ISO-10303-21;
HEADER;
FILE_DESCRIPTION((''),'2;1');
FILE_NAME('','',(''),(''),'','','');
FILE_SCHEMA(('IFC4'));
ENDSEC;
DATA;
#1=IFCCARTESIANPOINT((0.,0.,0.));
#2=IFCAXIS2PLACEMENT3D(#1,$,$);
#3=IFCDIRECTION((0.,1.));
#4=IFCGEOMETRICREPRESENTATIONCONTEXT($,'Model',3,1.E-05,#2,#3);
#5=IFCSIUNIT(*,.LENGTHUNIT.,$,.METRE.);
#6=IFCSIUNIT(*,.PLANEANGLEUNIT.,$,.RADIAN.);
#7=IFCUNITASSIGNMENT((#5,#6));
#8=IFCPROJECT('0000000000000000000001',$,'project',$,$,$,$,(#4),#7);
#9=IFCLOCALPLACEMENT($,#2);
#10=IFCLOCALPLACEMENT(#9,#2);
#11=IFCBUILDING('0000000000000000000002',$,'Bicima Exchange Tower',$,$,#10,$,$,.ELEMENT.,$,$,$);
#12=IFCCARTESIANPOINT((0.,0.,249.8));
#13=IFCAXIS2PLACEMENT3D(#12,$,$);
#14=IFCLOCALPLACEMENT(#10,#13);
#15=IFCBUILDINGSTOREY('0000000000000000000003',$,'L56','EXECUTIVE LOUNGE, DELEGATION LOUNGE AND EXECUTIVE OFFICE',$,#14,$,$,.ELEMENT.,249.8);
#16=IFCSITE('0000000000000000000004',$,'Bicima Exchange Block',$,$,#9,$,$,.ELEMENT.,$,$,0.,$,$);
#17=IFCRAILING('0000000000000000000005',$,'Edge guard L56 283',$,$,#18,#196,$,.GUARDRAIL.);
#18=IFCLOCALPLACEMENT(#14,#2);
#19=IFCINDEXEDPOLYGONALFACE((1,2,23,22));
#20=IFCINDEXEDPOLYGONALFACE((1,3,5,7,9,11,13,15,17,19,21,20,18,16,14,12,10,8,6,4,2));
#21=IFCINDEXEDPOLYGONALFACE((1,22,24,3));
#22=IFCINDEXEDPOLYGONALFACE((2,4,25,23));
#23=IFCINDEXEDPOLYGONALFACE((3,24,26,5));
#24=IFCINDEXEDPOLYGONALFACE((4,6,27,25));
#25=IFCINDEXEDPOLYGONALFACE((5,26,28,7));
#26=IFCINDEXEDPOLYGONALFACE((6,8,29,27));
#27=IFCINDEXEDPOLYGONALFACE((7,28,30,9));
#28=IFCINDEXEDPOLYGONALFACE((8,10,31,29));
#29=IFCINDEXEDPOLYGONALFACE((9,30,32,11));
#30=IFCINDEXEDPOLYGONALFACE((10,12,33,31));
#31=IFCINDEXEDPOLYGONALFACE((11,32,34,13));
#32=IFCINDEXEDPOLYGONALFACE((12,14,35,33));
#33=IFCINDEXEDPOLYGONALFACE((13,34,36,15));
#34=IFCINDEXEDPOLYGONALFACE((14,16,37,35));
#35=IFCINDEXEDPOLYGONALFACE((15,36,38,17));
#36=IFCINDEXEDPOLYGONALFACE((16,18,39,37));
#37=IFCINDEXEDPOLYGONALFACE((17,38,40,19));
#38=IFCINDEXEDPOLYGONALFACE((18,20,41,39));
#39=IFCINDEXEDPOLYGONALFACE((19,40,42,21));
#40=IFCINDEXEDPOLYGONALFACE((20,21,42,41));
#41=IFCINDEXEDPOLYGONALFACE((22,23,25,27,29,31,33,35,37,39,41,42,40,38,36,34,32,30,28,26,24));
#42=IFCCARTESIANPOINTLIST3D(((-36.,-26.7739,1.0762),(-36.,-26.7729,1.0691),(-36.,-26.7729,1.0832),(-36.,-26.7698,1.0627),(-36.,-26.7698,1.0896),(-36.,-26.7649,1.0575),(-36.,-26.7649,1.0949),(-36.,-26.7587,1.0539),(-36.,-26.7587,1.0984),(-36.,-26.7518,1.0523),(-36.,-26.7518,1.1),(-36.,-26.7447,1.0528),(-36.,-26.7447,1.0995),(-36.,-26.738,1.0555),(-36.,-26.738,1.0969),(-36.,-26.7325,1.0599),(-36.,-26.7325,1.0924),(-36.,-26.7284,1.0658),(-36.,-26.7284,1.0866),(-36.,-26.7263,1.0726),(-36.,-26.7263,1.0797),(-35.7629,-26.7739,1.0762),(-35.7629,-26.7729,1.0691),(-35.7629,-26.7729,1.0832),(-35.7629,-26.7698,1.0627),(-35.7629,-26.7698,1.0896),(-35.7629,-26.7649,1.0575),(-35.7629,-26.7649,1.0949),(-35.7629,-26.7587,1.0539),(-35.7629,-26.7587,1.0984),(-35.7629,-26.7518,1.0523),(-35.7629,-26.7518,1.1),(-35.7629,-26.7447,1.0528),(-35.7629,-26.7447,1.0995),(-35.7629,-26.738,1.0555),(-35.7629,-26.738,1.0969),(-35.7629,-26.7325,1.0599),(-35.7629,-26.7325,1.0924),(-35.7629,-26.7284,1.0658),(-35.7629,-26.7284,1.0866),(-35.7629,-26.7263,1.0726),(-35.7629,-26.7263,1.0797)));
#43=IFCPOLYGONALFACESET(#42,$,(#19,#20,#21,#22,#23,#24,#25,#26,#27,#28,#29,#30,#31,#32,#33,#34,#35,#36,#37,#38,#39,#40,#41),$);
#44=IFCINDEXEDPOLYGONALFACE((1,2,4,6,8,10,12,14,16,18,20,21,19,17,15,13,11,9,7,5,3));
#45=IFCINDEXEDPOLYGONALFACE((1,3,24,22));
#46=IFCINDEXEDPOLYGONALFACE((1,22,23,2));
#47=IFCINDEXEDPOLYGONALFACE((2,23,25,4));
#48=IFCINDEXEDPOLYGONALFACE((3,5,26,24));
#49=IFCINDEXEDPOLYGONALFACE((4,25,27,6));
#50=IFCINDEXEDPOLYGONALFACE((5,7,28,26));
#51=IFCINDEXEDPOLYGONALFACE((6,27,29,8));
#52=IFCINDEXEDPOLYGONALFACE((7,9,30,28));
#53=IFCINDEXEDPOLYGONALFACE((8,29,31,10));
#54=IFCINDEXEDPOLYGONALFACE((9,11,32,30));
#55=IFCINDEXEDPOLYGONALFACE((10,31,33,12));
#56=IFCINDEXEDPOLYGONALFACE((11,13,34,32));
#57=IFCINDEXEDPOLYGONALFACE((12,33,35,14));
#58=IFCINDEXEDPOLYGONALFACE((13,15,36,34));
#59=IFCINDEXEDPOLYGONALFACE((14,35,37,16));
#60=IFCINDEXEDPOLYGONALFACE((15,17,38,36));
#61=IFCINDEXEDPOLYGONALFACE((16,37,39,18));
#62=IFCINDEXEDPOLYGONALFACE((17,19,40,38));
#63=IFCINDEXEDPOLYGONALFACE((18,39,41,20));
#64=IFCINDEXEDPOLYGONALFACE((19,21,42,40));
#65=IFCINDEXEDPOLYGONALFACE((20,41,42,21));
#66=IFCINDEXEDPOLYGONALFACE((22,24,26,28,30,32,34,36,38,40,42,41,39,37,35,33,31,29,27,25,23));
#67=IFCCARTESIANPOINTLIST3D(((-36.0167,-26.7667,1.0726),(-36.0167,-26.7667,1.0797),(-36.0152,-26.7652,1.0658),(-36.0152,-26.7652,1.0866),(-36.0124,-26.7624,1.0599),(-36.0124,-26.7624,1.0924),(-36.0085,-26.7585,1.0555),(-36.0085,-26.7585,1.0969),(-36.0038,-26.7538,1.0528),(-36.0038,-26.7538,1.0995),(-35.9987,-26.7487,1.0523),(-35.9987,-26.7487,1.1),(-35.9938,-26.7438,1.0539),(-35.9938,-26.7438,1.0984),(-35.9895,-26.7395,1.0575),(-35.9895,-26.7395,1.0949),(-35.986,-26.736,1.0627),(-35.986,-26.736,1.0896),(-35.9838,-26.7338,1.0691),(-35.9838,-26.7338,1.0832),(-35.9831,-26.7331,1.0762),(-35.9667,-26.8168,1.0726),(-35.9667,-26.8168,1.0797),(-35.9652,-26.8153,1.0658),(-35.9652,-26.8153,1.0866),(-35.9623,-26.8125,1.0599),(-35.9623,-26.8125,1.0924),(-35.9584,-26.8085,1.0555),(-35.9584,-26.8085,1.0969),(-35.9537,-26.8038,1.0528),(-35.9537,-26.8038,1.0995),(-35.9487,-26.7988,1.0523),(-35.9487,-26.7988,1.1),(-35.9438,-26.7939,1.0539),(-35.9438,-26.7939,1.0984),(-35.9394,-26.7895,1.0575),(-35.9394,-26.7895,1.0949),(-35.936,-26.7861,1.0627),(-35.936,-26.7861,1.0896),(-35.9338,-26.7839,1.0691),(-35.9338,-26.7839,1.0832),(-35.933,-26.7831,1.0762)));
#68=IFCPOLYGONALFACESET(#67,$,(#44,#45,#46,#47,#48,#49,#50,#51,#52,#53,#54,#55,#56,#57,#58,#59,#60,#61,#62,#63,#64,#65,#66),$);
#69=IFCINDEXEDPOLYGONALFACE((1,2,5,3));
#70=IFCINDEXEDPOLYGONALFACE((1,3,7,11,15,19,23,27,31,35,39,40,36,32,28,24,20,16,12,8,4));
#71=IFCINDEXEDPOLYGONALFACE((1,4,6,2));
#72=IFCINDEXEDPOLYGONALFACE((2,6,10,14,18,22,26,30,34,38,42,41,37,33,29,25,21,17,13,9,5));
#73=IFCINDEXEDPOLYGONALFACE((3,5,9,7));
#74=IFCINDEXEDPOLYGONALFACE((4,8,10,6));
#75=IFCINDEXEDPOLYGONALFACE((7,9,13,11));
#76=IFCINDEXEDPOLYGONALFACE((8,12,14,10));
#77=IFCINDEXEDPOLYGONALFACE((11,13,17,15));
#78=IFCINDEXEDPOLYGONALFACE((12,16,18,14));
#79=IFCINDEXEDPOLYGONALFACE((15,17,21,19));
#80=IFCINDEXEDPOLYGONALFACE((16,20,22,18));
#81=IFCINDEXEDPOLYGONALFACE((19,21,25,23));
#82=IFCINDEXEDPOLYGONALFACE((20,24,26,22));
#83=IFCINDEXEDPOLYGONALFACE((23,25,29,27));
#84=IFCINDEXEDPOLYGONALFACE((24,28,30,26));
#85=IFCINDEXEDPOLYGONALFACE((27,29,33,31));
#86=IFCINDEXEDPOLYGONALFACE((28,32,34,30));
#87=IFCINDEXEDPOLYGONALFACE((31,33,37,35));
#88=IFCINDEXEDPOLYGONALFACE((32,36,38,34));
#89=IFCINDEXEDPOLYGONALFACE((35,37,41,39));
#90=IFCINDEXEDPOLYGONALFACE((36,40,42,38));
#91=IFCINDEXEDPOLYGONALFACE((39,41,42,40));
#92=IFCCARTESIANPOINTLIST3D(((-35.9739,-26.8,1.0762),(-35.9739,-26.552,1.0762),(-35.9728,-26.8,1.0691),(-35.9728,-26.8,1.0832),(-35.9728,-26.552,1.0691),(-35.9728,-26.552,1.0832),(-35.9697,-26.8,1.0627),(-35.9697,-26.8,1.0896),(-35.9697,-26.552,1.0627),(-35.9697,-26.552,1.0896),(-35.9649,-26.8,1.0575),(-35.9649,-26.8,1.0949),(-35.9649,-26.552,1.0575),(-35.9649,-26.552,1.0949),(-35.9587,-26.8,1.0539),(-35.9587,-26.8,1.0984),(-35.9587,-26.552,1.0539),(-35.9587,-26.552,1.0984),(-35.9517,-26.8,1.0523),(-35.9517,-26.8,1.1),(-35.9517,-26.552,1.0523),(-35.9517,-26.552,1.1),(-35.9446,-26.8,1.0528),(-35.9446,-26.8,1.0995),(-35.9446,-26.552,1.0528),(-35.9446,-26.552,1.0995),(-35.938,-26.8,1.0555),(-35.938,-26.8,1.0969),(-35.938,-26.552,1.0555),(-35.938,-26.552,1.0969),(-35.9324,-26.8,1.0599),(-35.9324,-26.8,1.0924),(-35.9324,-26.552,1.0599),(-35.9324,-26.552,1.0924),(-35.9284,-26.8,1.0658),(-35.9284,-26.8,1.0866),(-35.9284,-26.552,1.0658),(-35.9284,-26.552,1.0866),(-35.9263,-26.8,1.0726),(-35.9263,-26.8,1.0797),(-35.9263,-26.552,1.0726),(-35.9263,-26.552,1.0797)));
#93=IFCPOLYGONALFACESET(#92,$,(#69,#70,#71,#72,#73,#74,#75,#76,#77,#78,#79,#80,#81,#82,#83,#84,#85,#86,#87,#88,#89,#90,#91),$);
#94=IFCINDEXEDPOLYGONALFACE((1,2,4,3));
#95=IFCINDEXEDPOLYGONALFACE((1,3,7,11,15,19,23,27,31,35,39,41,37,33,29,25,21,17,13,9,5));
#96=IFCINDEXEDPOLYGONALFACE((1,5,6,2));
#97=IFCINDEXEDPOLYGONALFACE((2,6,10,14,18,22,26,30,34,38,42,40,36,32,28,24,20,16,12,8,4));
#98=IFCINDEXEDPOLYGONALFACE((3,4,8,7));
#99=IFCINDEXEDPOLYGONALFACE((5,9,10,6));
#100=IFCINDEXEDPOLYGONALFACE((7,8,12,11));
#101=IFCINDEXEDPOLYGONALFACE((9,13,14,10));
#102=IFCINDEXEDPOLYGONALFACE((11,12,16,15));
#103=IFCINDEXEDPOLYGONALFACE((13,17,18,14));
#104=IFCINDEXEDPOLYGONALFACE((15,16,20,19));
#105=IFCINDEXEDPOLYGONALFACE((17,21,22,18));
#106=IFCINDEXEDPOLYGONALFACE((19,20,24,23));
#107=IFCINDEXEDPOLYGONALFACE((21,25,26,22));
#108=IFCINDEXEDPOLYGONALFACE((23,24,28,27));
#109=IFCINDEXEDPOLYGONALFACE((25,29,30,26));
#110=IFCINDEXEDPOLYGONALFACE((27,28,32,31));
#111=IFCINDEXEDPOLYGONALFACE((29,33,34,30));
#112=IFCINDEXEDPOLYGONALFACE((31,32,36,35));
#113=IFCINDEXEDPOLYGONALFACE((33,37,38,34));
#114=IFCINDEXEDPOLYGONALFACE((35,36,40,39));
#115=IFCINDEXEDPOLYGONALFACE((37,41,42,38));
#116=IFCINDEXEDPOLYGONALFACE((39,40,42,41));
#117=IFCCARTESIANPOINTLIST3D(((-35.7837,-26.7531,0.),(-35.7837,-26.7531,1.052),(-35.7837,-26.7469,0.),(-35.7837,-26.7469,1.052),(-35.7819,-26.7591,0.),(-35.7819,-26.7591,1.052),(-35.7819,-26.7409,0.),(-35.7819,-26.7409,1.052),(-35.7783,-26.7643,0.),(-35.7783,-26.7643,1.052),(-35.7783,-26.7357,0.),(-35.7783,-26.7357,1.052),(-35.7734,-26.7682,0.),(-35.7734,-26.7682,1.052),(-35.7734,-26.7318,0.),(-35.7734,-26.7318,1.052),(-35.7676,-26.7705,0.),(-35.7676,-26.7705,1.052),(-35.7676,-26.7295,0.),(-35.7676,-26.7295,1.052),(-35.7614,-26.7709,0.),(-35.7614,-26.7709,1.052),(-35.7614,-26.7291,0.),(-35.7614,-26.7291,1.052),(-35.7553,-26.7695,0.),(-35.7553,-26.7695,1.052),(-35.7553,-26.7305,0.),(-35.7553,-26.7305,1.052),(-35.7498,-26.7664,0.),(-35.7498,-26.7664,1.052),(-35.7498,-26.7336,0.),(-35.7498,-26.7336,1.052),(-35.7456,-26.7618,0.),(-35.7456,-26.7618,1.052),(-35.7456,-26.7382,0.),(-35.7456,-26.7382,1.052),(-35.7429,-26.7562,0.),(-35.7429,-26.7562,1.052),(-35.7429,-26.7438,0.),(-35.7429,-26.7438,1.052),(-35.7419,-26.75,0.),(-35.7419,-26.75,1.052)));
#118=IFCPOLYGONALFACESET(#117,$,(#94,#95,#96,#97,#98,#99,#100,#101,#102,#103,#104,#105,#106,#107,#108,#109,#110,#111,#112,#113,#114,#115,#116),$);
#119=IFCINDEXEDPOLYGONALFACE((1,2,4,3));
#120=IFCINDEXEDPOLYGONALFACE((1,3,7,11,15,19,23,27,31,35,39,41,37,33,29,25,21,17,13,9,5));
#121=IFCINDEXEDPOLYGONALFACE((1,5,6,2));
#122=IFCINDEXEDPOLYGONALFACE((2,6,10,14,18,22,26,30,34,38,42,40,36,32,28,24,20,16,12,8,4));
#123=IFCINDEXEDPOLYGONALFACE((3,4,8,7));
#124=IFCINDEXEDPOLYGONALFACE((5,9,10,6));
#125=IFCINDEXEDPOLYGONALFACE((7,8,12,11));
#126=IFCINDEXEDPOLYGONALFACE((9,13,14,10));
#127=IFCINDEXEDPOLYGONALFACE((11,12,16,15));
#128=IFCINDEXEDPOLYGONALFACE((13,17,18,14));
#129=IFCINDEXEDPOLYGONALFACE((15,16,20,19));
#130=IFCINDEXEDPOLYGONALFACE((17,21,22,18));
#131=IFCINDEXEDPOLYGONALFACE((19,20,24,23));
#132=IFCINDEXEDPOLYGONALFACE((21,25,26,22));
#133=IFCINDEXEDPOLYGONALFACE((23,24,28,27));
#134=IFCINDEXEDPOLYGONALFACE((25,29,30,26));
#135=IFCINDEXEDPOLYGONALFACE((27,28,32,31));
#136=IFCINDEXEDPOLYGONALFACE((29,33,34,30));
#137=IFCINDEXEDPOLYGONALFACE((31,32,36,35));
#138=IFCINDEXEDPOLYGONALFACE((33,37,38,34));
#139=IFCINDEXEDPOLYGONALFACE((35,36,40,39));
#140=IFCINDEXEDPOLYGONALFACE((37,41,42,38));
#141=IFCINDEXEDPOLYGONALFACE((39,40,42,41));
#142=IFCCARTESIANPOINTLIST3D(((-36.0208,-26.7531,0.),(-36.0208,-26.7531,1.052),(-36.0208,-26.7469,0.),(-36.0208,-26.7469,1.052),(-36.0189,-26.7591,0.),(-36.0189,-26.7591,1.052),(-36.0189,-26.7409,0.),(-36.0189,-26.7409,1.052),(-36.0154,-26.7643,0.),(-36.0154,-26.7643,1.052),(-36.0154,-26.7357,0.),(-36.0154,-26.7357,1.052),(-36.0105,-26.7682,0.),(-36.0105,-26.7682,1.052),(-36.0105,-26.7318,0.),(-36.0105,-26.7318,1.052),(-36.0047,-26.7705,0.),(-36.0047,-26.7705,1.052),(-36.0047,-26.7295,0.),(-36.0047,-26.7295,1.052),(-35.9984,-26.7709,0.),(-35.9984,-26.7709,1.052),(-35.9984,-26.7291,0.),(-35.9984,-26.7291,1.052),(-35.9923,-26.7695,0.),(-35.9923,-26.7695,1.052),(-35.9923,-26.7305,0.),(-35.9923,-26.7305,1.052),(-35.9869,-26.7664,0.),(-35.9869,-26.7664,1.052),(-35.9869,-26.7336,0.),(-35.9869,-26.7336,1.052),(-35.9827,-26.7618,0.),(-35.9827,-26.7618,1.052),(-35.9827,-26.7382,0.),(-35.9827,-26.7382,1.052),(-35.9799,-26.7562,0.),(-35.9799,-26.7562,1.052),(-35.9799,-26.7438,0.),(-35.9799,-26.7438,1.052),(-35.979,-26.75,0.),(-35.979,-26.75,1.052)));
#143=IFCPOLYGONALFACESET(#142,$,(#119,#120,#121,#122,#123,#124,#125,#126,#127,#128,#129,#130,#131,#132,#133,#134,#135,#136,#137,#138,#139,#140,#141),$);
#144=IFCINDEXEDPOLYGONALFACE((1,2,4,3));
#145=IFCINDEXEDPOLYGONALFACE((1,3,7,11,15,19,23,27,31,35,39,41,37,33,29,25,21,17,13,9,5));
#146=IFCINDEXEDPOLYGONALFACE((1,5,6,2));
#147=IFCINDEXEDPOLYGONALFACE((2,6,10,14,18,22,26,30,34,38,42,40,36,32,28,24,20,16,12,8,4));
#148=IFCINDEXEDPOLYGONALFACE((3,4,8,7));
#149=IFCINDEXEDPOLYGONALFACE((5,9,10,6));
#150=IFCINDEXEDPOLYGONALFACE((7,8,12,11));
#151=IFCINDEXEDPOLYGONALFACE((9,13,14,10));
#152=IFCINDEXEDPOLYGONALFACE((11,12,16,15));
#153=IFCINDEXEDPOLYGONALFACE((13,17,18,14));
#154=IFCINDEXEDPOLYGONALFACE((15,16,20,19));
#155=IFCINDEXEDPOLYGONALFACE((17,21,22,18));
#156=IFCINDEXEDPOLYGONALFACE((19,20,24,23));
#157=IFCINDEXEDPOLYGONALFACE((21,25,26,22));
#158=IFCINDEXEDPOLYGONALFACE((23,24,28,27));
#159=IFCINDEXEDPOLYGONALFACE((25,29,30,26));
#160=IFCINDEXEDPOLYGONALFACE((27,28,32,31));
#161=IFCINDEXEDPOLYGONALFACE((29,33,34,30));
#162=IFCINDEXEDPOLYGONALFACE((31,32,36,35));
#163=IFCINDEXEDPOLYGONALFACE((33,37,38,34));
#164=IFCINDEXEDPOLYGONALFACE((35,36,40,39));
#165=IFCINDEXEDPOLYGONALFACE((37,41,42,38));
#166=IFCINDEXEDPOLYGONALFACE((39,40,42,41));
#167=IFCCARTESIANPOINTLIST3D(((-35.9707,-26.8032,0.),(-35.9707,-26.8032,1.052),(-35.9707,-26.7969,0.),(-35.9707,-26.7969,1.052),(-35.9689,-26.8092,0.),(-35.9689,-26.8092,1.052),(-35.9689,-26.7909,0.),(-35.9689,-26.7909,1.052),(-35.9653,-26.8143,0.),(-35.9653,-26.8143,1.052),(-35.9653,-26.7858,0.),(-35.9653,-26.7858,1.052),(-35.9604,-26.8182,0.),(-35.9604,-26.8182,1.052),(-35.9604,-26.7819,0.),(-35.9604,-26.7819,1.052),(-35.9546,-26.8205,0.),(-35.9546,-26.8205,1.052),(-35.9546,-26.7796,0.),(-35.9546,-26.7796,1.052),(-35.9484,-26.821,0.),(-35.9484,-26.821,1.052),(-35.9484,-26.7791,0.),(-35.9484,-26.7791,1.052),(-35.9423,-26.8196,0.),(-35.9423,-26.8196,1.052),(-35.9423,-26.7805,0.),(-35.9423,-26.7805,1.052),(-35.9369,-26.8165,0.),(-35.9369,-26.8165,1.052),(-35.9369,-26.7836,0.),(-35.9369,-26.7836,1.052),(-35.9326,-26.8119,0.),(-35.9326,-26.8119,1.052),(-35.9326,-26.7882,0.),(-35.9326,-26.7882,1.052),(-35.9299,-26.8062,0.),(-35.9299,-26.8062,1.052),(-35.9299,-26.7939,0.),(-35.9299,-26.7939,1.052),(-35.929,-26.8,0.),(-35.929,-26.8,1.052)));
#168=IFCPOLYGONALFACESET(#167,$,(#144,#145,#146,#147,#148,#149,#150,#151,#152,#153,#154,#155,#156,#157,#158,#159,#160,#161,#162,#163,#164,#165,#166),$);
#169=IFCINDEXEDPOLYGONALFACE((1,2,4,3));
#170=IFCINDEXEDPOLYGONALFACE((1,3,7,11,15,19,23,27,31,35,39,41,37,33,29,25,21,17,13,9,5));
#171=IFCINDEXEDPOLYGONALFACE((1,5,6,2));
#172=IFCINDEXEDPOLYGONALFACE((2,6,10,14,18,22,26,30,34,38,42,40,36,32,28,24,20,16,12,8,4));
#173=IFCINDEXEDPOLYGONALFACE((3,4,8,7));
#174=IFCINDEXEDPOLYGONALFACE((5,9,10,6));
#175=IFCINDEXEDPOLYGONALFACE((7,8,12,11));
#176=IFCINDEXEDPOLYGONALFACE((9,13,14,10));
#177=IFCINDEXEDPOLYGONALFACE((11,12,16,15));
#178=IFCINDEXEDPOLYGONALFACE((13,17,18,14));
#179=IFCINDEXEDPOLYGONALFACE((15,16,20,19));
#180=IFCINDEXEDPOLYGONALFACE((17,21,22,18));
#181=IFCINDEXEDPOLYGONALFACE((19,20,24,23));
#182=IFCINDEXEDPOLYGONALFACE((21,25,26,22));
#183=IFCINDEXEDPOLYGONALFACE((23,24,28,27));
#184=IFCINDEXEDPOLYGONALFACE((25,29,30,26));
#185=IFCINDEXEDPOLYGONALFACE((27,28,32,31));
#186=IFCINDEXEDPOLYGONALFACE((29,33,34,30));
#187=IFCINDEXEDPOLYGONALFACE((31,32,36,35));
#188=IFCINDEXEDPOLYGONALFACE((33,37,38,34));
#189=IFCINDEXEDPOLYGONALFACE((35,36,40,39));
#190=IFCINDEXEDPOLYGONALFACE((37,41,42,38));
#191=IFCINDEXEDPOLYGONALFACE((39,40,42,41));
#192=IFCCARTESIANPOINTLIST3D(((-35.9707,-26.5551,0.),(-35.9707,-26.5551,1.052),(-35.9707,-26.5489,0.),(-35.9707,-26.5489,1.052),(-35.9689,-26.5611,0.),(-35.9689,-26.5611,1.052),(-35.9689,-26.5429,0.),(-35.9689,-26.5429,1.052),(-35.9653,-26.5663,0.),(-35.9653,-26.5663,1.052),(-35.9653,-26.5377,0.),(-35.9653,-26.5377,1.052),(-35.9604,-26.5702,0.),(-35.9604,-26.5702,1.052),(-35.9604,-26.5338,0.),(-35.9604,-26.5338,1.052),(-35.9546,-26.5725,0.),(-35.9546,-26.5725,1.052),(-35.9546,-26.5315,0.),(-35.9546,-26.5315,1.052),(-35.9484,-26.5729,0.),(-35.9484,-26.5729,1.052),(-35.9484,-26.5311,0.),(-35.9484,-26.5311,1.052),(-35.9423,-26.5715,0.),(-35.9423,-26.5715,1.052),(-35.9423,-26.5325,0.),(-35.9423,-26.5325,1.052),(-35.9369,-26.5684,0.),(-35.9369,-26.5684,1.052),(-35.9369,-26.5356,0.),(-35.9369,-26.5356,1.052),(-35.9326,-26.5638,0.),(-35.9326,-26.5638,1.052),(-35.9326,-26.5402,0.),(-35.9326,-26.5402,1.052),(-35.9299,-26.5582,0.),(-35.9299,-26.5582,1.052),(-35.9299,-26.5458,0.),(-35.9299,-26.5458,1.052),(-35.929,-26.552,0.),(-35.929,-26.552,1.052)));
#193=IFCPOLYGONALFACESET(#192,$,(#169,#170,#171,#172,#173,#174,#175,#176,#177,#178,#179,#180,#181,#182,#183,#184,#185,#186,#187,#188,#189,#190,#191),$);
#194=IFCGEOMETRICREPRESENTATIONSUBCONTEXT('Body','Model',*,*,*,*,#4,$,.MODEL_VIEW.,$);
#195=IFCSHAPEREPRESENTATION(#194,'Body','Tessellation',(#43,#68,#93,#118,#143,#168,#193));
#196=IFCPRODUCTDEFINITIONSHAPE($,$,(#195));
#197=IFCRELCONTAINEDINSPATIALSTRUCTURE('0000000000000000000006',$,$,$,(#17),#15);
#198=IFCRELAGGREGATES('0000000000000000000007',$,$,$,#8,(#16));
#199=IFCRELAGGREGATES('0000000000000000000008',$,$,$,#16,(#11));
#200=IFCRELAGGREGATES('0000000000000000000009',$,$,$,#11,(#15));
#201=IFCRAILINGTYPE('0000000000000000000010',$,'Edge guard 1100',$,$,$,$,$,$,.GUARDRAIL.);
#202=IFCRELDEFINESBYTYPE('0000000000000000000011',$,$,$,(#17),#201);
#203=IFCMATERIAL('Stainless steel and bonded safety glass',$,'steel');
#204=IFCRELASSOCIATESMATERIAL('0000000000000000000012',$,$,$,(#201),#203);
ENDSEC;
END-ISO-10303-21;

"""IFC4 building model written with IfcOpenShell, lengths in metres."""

from ifc_helpers import new_model, si_unit, direction, frame, origin, origin_2d, place, context, subcontext, project, spatial, circle, extrude, material, type_object, element, save


model = new_model("IFC4")

# Units and contexts
model_context = context("Model", 3, precision=1e-05, world=origin(), true_north=direction((0.0, 1.0)))
body_context = subcontext(model_context, "Body", "Model", "MODEL_VIEW")
ifc_project = project(units=[si_unit("LENGTHUNIT", "METRE"), si_unit("PLANEANGLEUNIT", "RADIAN")], contexts=[model_context])

# Site, building, storey
site_placement = place(None, origin())
site = spatial("IfcSite", under=ifc_project, at=site_placement, Name="Bicima Exchange Block", CompositionType="ELEMENT", RefElevation=0.0)
building_placement = place(site_placement, origin())
building = spatial("IfcBuilding", under=site, at=building_placement, Name="Bicima Exchange Tower", CompositionType="ELEMENT")
storey_placement = place(building_placement, frame((0.0, 0.0, 249.8)))
storey = spatial("IfcBuildingStorey", under=building, at=storey_placement, Name="L56", Description="EXECUTIVE LOUNGE, DELEGATION LOUNGE AND EXECUTIVE OFFICE", CompositionType="ELEMENT", Elevation=249.8)

# Railing
ifc_material_1 = material(Name="Stainless steel and bonded safety glass", Category="steel")
railing_type = type_object("IfcRailingType", Name="Edge guard 1100", PredefinedType="GUARDRAIL", material=ifc_material_1)
railing_placement = place(storey_placement, frame((-35.7629, -26.75, 0.0)))
element("IfcRailing", 1, at=railing_placement, inside=storey, type_object=railing_type, Name="Edge guard L56 283", PredefinedType="GUARDRAIL", context=body_context, shape_type="SweptSolid", body=[
    extrude(circle(Radius=0.0239, at=origin_2d()), frame((0.0, 0.0, 1.0762), z_axis=(-1.0, 0.0, 0.0), x_axis=(0.0, -1.0, 0.0)), (0.0, 0.0, 1.0), 0.2371),
    extrude(circle(Radius=0.0239, at=origin_2d()), frame((-0.2371, 0.0, 1.0762), z_axis=(0.707107, -0.707107, 0.0), x_axis=(0.707107, 0.707107, 0.0)), (0.0, 0.0, 1.0), 0.0708),
    extrude(circle(Radius=0.0239, at=origin_2d()), frame((-0.187, -0.05, 1.0762), z_axis=(0.0, 1.0, 0.0), x_axis=(-1.0, 0.0, 0.0)), (0.0, 0.0, 1.0), 0.248),
    extrude(circle(Radius=0.021, at=origin_2d()), origin(), (0.0, 0.0, 1.0), 1.052),
    extrude(circle(Radius=0.021, at=origin_2d()), frame((-0.2371, 0.0, 0.0)), (0.0, 0.0, 1.0), 1.052),
    extrude(circle(Radius=0.021, at=origin_2d()), frame((-0.187, -0.05, 0.0)), (0.0, 0.0, 1.0), 1.052),
    extrude(circle(Radius=0.021, at=origin_2d()), frame((-0.187, 0.198, 0.0)), (0.0, 0.0, 1.0), 1.052),
])

save(model, "model.ifc")
